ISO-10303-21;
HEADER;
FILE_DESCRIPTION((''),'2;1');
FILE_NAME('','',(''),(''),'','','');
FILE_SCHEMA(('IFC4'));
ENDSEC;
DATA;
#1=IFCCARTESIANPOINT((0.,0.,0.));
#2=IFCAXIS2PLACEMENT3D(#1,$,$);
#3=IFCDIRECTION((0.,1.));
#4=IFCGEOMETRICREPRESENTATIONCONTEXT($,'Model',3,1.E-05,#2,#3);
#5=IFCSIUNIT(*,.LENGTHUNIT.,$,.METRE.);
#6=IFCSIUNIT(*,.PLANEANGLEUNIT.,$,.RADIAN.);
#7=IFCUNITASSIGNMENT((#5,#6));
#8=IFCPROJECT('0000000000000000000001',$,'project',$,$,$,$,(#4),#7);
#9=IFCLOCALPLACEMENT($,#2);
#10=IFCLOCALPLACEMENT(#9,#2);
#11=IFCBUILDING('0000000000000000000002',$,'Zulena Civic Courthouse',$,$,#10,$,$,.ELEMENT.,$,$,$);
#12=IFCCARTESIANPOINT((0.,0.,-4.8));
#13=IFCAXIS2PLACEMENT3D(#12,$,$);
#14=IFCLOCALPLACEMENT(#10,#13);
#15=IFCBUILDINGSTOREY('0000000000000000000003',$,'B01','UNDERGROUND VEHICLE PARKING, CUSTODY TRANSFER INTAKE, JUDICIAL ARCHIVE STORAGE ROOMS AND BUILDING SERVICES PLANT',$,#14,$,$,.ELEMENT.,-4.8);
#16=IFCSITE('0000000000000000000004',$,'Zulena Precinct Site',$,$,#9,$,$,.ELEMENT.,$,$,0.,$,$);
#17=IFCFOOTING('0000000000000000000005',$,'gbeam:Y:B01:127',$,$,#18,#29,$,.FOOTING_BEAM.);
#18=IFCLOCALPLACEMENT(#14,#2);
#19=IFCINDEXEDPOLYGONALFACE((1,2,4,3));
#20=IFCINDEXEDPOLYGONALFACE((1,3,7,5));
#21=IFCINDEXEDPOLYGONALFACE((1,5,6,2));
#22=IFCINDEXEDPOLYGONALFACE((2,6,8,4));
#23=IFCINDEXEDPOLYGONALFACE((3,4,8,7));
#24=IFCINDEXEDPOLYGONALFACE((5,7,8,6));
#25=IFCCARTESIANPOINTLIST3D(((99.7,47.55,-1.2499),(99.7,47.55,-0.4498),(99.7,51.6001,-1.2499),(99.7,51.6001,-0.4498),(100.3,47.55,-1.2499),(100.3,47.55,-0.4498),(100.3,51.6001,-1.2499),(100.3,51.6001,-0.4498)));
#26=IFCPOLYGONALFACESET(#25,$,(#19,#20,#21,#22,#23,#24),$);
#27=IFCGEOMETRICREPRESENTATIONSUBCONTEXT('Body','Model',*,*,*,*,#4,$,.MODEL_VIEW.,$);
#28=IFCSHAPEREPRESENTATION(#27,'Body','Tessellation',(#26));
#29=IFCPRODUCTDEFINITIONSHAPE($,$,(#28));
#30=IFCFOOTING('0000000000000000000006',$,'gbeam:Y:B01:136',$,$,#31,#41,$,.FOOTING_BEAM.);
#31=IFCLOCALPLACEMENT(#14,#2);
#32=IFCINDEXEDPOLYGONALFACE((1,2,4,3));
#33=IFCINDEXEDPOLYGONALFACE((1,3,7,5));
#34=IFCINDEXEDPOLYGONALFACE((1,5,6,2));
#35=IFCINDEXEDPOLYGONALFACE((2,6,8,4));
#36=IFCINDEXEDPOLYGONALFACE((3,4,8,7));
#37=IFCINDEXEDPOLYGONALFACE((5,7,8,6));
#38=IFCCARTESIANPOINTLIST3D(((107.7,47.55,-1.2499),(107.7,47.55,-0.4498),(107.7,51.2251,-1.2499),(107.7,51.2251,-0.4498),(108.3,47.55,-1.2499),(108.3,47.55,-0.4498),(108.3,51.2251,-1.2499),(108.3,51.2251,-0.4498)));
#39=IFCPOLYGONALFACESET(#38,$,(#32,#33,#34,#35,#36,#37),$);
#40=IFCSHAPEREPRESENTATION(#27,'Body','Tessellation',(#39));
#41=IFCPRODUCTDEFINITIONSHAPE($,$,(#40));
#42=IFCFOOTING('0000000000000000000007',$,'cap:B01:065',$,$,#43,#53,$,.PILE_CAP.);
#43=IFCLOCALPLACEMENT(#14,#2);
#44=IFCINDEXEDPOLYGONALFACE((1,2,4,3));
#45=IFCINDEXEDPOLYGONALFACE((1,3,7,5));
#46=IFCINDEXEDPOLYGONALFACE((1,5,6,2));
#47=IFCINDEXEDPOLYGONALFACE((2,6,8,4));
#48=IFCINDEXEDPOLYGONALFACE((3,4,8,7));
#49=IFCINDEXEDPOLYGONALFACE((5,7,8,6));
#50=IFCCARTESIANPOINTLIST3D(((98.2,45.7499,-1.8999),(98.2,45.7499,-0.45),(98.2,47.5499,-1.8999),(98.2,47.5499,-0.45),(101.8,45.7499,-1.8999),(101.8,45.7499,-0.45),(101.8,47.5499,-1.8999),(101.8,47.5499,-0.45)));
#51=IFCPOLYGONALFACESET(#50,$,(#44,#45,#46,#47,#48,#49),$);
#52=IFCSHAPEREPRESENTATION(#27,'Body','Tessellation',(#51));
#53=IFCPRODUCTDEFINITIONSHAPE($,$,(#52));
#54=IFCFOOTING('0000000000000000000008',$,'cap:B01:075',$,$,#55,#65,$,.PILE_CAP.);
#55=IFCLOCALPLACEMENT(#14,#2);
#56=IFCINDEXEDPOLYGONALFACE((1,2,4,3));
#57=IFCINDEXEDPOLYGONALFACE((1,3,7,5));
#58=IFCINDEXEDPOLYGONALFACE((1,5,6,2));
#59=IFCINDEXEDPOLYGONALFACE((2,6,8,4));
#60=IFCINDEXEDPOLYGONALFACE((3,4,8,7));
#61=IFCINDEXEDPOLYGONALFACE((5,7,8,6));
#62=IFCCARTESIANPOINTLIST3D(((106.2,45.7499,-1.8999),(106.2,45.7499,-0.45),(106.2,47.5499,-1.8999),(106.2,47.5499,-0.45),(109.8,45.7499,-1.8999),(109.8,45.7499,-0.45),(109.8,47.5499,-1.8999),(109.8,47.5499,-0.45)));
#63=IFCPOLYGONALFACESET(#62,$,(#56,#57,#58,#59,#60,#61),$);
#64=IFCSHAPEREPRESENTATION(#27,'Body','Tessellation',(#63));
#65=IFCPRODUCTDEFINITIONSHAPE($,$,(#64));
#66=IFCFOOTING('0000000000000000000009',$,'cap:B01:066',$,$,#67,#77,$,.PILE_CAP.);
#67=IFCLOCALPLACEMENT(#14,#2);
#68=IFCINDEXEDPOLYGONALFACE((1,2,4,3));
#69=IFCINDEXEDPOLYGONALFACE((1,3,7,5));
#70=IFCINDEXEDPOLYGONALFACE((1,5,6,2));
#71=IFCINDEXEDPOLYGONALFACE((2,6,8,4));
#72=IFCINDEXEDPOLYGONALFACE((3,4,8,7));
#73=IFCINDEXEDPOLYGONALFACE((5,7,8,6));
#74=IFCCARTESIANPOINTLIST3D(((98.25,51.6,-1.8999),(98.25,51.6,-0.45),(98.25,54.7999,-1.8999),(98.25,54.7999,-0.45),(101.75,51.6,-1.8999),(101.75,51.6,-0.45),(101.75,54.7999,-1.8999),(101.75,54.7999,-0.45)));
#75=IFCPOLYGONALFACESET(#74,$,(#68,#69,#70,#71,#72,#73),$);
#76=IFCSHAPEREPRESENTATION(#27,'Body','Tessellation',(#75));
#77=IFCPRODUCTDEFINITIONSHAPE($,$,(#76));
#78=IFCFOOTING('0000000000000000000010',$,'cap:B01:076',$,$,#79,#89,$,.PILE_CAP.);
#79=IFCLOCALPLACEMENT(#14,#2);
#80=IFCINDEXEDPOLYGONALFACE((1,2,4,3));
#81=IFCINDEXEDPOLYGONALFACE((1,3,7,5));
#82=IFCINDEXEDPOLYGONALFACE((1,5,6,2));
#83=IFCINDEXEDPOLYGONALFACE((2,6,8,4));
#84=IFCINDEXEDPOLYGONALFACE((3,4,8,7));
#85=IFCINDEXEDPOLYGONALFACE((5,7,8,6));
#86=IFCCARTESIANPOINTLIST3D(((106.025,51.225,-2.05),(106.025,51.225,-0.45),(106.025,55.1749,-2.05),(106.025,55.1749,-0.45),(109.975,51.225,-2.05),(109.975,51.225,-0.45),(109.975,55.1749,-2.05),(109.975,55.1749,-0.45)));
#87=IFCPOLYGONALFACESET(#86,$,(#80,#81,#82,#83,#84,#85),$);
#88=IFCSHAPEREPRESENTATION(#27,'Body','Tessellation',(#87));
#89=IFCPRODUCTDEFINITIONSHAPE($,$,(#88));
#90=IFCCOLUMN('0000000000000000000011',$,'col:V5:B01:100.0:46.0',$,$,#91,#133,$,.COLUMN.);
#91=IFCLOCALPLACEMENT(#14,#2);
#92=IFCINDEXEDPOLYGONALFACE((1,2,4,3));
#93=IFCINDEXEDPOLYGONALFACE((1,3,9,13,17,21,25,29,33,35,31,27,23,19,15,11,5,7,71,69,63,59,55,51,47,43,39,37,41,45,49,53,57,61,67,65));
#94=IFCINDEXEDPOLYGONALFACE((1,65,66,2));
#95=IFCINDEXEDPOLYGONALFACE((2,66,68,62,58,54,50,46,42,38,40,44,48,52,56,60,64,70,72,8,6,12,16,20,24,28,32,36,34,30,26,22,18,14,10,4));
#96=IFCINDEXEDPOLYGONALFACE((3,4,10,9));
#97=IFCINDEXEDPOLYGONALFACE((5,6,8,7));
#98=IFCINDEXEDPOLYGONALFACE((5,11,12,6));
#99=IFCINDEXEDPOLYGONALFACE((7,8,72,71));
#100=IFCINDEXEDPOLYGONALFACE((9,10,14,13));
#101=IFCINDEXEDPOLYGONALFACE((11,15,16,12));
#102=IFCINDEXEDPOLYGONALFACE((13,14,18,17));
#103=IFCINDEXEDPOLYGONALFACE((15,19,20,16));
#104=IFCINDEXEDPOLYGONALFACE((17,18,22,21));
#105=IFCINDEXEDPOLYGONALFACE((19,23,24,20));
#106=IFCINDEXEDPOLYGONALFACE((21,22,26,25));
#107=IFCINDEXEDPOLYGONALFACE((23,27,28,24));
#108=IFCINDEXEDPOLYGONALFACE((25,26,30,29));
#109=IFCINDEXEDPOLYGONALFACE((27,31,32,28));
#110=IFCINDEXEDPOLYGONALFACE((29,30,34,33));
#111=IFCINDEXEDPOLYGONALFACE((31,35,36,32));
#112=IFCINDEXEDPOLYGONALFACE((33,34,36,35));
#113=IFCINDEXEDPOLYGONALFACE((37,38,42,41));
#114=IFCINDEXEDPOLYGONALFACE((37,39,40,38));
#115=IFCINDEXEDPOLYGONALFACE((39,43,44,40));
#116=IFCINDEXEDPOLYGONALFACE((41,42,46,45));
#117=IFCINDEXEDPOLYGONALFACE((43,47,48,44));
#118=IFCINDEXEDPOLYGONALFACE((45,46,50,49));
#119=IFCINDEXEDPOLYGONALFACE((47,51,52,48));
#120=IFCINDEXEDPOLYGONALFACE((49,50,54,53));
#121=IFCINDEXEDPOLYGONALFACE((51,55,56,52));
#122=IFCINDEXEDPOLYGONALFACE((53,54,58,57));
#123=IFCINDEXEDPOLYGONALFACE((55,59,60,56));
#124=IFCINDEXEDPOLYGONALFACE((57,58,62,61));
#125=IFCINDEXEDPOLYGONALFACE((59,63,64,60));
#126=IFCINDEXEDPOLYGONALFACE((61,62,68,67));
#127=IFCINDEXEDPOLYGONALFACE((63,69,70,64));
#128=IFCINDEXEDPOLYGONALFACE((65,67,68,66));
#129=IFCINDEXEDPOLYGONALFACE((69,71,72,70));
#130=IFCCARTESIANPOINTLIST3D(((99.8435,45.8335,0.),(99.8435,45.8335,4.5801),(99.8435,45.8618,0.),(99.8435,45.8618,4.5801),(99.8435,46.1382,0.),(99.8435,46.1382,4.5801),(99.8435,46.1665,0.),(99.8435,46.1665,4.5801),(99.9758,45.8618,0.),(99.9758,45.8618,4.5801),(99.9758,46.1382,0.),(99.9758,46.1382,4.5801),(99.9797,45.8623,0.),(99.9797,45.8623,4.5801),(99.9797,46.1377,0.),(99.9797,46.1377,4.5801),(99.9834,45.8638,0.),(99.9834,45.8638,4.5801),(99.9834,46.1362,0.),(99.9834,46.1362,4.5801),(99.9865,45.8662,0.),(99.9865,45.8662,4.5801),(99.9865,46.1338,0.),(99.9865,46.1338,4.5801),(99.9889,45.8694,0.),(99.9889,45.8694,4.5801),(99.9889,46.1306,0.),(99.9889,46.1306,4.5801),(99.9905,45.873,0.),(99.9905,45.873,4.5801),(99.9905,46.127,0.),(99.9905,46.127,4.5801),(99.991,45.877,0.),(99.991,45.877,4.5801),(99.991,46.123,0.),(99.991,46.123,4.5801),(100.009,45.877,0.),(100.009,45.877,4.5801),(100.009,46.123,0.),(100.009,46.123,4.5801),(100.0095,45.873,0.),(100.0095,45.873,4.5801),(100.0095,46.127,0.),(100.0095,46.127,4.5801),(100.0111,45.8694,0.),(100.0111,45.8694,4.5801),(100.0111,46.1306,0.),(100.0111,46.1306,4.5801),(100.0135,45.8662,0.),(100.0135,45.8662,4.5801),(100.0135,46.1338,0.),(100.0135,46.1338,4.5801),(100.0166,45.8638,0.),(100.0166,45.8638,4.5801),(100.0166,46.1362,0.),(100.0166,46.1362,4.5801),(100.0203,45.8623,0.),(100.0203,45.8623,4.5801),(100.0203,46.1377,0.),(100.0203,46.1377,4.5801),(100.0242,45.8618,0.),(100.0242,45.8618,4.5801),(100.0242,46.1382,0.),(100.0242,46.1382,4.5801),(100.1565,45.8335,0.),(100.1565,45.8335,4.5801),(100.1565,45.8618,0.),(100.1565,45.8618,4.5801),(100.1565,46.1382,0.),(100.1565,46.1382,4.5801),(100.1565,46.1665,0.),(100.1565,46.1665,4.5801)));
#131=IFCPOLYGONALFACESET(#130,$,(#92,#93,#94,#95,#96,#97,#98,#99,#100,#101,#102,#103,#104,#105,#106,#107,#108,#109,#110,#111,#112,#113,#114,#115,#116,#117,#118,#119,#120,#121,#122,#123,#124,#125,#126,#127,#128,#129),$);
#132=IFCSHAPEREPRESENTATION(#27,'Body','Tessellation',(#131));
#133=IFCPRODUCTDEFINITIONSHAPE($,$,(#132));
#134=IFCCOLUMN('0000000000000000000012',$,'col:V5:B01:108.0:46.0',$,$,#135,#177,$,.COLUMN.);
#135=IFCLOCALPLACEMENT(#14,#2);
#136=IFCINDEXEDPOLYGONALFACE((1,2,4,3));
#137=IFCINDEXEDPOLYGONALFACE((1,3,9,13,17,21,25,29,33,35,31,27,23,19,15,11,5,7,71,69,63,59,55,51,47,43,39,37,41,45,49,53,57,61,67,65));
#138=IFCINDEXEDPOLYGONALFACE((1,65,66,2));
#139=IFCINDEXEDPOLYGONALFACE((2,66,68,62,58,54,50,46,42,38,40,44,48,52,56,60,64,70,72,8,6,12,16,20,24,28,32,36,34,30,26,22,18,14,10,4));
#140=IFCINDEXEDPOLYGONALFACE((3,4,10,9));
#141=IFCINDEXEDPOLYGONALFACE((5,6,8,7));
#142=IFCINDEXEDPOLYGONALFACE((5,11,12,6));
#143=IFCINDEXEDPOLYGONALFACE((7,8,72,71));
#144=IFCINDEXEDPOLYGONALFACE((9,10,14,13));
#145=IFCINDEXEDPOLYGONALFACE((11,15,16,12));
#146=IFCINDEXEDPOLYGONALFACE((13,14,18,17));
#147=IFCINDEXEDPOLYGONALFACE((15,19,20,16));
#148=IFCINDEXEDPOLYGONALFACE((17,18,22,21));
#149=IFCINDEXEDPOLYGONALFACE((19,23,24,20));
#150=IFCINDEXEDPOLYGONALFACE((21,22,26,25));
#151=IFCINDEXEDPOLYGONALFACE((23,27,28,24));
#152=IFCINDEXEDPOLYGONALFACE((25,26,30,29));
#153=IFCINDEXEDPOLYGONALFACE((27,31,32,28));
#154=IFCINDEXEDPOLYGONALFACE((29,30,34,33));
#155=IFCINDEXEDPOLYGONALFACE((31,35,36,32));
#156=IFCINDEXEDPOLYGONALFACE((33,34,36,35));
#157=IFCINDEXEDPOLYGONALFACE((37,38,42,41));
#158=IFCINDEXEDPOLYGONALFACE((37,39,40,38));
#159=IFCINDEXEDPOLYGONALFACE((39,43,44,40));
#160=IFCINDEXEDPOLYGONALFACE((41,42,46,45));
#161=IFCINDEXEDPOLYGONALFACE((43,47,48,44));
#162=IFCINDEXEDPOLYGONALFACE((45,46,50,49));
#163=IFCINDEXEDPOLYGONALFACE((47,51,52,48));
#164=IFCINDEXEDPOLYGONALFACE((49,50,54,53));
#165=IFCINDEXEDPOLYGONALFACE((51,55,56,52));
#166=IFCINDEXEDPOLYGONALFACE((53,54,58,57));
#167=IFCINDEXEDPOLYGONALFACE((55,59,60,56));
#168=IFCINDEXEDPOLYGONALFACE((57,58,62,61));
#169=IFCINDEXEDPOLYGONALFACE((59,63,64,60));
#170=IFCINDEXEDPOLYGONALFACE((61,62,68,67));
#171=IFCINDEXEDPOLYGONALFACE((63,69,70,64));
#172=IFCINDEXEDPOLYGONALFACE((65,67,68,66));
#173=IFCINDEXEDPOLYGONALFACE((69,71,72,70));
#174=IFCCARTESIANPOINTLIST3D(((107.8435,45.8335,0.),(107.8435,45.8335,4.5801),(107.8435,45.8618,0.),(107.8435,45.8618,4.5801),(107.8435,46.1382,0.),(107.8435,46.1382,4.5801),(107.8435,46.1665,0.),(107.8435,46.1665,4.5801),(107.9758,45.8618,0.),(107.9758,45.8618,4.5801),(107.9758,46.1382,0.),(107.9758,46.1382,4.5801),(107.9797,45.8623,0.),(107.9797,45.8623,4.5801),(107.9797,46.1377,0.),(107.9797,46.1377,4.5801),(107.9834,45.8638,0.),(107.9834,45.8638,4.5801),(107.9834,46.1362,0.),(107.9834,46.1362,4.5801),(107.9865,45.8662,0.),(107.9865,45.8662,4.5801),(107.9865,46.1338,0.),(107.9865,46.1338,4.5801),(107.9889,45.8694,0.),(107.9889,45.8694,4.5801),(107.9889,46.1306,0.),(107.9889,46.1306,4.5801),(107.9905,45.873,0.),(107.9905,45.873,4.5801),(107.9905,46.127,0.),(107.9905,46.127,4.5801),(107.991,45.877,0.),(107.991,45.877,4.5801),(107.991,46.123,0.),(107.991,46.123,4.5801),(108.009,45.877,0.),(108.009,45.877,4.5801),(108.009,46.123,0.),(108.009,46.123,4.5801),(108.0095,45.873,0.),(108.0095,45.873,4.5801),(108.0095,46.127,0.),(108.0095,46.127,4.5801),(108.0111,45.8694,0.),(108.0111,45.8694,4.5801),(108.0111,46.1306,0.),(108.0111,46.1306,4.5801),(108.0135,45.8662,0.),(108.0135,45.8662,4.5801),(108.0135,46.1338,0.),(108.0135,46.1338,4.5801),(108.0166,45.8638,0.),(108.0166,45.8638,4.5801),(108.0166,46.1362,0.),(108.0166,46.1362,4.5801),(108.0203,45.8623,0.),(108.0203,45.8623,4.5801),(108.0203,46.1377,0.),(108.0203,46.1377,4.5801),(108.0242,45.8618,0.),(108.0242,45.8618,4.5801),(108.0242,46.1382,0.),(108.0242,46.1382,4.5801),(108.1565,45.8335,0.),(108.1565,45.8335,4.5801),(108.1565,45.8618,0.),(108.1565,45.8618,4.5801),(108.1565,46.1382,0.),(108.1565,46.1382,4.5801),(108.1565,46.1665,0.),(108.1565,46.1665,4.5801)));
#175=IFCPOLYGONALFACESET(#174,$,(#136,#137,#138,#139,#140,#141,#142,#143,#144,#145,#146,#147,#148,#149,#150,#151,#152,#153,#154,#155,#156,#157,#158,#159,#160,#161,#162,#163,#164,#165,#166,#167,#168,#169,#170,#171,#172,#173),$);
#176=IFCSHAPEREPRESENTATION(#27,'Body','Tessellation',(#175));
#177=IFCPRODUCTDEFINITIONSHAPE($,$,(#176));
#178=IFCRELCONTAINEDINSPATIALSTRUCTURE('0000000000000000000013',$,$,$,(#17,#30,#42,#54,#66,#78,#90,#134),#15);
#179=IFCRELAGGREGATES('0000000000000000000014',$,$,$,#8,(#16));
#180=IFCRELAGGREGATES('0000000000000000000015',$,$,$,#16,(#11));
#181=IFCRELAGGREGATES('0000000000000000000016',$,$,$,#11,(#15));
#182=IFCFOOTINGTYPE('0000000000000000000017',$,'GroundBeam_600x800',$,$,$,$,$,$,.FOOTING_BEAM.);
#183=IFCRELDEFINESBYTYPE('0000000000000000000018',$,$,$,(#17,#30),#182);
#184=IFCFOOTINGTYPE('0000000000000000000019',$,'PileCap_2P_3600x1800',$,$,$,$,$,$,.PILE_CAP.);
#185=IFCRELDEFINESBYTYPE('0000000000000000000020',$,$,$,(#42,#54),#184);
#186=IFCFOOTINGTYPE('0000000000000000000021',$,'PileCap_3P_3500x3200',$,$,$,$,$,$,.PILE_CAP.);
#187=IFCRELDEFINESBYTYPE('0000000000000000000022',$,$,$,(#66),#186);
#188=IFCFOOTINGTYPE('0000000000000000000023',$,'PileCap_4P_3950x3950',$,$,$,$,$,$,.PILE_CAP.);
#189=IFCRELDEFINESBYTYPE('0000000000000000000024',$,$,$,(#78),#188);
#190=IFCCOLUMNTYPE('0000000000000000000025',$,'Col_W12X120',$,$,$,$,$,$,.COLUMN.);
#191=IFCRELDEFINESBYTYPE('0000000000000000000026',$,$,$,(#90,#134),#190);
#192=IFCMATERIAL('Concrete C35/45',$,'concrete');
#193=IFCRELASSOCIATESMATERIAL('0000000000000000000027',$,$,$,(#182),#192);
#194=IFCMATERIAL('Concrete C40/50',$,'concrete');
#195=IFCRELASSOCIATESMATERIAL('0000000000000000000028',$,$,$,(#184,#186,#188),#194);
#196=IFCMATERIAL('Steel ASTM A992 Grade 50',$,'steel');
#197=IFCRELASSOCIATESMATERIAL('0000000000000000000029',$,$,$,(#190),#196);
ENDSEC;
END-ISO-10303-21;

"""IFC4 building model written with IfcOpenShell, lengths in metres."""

from ifc_helpers import new_model, si_unit, direction, frame, origin, origin_2d, place, context, subcontext, project, spatial, rectangle, i_section, extrude, material, material_profile, profile_set, type_object, element, save


model = new_model("IFC4")

# Units and contexts
model_context = context("Model", 3, precision=1e-05, world=origin(), true_north=direction((0.0, 1.0)))
body_context = subcontext(model_context, "Body", "Model", "MODEL_VIEW")
ifc_project = project(units=[si_unit("LENGTHUNIT", "METRE"), si_unit("PLANEANGLEUNIT", "RADIAN")], contexts=[model_context])

# Site, building, storey
site_placement = place(None, origin())
site = spatial("IfcSite", under=ifc_project, at=site_placement, Name="Zulena Precinct Site", CompositionType="ELEMENT", RefElevation=0.0)
building_placement = place(site_placement, origin())
building = spatial("IfcBuilding", under=site, at=building_placement, Name="Zulena Civic Courthouse", CompositionType="ELEMENT")
storey_placement = place(building_placement, frame((0.0, 0.0, -4.8)))
storey = spatial("IfcBuildingStorey", under=building, at=storey_placement, Name="B01", Description="UNDERGROUND VEHICLE PARKING, CUSTODY TRANSFER INTAKE, JUDICIAL ARCHIVE STORAGE ROOMS AND BUILDING SERVICES PLANT", CompositionType="ELEMENT", Elevation=-4.8)

# Shared definitions
ifc_material_1 = material(Name="Concrete C40/50", Category="concrete")

# Footings
ifc_material_2 = material(Name="Concrete C35/45", Category="concrete")
ifc_material_profile_1 = material_profile(ifc_material_2, rectangle(XDim=0.6001, YDim=0.8, at=origin_2d()), Name="RC600X800")
ifc_profile_set_1 = profile_set([ifc_material_profile_1], Name="Concrete C35/45")
footing_type_1 = type_object("IfcFootingType", Name="GroundBeam_600x800", PredefinedType="FOOTING_BEAM", material=ifc_profile_set_1)
footing_1_placement = place(storey_placement, frame((100.0, 47.55, -0.8499), z_axis=(0.0, 1.0, 0.0), x_axis=(-1.0, 0.0, 0.0)))
element("IfcFooting", 1, at=footing_1_placement, inside=storey, type_object=footing_type_1, Name="gbeam:Y:B01:127", PredefinedType="FOOTING_BEAM", context=body_context, shape_type="SweptSolid", body=[
    extrude(rectangle(XDim=0.6001, YDim=0.8, at=origin_2d()), origin(), (0.0, 0.0, 1.0), 4.05),
])
footing_2_placement = place(storey_placement, frame((108.0, 47.55, -0.8499), z_axis=(0.0, 1.0, 0.0), x_axis=(-1.0, 0.0, 0.0)))
element("IfcFooting", 2, at=footing_2_placement, inside=storey, type_object=footing_type_1, Name="gbeam:Y:B01:136", PredefinedType="FOOTING_BEAM", context=body_context, shape_type="SweptSolid", body=[
    extrude(rectangle(XDim=0.6001, YDim=0.8, at=origin_2d()), origin(), (0.0, 0.0, 1.0), 3.675),
])
footing_type_2 = type_object("IfcFootingType", Name="PileCap_2P_3600x1800", PredefinedType="PILE_CAP", material=ifc_material_1)
for number, where, z_axis, x_axis, name in (
    (3, (100.0, 46.6499, -1.8999), (0.0, 0.0, 1.0), (1.0, 0.0, 0.0), "cap:B01:065"),
    (4, (108.0, 46.6499, -1.8999), (0.0, 0.0, 1.0), (1.0, 0.0, 0.0), "cap:B01:075"),
):
    element("IfcFooting", number, at=place(storey_placement, frame(where, z_axis=z_axis, x_axis=x_axis)), inside=storey, type_object=footing_type_2, Name=name, PredefinedType="PILE_CAP", context=body_context, shape_type="SweptSolid", body=[
        extrude(rectangle(XDim=3.6001, YDim=1.8, at=origin_2d()), origin(), (0.0, 0.0, 1.0), 1.45),
    ])
footing_type_3 = type_object("IfcFootingType", Name="PileCap_3P_3500x3200", PredefinedType="PILE_CAP", material=ifc_material_1)
footing_3_placement = place(storey_placement, frame((100.0, 53.2, -1.8999), z_axis=(0.0, 0.0, 1.0), x_axis=(1.0, 0.0, 0.0)))
element("IfcFooting", 5, at=footing_3_placement, inside=storey, type_object=footing_type_3, Name="cap:B01:066", PredefinedType="PILE_CAP", context=body_context, shape_type="SweptSolid", body=[
    extrude(rectangle(XDim=3.5, YDim=3.2, at=origin_2d()), origin(), (0.0, 0.0, 1.0), 1.45),
])
footing_type_4 = type_object("IfcFootingType", Name="PileCap_4P_3950x3950", PredefinedType="PILE_CAP", material=ifc_material_1)
footing_4_placement = place(storey_placement, frame((108.0, 53.2, -2.05), z_axis=(0.0, 0.0, 1.0), x_axis=(1.0, 0.0, 0.0)))
element("IfcFooting", 6, at=footing_4_placement, inside=storey, type_object=footing_type_4, Name="cap:B01:076", PredefinedType="PILE_CAP", context=body_context, shape_type="SweptSolid", body=[
    extrude(rectangle(XDim=3.95, YDim=3.95, at=origin_2d()), origin(), (0.0, 0.0, 1.0), 1.6001),
])

# Columns
ifc_material_3 = material(Name="Steel ASTM A992 Grade 50", Category="steel")
ifc_material_profile_2 = material_profile(ifc_material_3, i_section(OverallWidth=0.313, OverallDepth=0.333, WebThickness=0.0181, FlangeThickness=0.0283, FilletRadius=0.0151, at=origin_2d()), Name="W12X120")
ifc_profile_set_2 = profile_set([ifc_material_profile_2], Name="Steel ASTM A992 Grade 50")
column_type_1 = type_object("IfcColumnType", Name="Col_W12X120", PredefinedType="COLUMN", material=ifc_profile_set_2)
for number, where, z_axis, x_axis, name in (
    (7, (100.0, 46.0, 0.0), (0.0, 0.0, 1.0), (1.0, 0.0, 0.0), "col:V5:B01:100.0:46.0"),
    (8, (108.0, 46.0, 0.0), (0.0, 0.0, 1.0), (1.0, 0.0, 0.0), "col:V5:B01:108.0:46.0"),
):
    element("IfcColumn", number, at=place(storey_placement, frame(where, z_axis=z_axis, x_axis=x_axis)), inside=storey, type_object=column_type_1, Name=name, PredefinedType="COLUMN", context=body_context, shape_type="SweptSolid", body=[
        extrude(i_section(OverallWidth=0.313, OverallDepth=0.333, WebThickness=0.0181, FlangeThickness=0.0283, FilletRadius=0.0151, at=origin_2d()), origin(), (0.0, 0.0, 1.0), 4.5801),
    ])

save(model, "model.ifc")
